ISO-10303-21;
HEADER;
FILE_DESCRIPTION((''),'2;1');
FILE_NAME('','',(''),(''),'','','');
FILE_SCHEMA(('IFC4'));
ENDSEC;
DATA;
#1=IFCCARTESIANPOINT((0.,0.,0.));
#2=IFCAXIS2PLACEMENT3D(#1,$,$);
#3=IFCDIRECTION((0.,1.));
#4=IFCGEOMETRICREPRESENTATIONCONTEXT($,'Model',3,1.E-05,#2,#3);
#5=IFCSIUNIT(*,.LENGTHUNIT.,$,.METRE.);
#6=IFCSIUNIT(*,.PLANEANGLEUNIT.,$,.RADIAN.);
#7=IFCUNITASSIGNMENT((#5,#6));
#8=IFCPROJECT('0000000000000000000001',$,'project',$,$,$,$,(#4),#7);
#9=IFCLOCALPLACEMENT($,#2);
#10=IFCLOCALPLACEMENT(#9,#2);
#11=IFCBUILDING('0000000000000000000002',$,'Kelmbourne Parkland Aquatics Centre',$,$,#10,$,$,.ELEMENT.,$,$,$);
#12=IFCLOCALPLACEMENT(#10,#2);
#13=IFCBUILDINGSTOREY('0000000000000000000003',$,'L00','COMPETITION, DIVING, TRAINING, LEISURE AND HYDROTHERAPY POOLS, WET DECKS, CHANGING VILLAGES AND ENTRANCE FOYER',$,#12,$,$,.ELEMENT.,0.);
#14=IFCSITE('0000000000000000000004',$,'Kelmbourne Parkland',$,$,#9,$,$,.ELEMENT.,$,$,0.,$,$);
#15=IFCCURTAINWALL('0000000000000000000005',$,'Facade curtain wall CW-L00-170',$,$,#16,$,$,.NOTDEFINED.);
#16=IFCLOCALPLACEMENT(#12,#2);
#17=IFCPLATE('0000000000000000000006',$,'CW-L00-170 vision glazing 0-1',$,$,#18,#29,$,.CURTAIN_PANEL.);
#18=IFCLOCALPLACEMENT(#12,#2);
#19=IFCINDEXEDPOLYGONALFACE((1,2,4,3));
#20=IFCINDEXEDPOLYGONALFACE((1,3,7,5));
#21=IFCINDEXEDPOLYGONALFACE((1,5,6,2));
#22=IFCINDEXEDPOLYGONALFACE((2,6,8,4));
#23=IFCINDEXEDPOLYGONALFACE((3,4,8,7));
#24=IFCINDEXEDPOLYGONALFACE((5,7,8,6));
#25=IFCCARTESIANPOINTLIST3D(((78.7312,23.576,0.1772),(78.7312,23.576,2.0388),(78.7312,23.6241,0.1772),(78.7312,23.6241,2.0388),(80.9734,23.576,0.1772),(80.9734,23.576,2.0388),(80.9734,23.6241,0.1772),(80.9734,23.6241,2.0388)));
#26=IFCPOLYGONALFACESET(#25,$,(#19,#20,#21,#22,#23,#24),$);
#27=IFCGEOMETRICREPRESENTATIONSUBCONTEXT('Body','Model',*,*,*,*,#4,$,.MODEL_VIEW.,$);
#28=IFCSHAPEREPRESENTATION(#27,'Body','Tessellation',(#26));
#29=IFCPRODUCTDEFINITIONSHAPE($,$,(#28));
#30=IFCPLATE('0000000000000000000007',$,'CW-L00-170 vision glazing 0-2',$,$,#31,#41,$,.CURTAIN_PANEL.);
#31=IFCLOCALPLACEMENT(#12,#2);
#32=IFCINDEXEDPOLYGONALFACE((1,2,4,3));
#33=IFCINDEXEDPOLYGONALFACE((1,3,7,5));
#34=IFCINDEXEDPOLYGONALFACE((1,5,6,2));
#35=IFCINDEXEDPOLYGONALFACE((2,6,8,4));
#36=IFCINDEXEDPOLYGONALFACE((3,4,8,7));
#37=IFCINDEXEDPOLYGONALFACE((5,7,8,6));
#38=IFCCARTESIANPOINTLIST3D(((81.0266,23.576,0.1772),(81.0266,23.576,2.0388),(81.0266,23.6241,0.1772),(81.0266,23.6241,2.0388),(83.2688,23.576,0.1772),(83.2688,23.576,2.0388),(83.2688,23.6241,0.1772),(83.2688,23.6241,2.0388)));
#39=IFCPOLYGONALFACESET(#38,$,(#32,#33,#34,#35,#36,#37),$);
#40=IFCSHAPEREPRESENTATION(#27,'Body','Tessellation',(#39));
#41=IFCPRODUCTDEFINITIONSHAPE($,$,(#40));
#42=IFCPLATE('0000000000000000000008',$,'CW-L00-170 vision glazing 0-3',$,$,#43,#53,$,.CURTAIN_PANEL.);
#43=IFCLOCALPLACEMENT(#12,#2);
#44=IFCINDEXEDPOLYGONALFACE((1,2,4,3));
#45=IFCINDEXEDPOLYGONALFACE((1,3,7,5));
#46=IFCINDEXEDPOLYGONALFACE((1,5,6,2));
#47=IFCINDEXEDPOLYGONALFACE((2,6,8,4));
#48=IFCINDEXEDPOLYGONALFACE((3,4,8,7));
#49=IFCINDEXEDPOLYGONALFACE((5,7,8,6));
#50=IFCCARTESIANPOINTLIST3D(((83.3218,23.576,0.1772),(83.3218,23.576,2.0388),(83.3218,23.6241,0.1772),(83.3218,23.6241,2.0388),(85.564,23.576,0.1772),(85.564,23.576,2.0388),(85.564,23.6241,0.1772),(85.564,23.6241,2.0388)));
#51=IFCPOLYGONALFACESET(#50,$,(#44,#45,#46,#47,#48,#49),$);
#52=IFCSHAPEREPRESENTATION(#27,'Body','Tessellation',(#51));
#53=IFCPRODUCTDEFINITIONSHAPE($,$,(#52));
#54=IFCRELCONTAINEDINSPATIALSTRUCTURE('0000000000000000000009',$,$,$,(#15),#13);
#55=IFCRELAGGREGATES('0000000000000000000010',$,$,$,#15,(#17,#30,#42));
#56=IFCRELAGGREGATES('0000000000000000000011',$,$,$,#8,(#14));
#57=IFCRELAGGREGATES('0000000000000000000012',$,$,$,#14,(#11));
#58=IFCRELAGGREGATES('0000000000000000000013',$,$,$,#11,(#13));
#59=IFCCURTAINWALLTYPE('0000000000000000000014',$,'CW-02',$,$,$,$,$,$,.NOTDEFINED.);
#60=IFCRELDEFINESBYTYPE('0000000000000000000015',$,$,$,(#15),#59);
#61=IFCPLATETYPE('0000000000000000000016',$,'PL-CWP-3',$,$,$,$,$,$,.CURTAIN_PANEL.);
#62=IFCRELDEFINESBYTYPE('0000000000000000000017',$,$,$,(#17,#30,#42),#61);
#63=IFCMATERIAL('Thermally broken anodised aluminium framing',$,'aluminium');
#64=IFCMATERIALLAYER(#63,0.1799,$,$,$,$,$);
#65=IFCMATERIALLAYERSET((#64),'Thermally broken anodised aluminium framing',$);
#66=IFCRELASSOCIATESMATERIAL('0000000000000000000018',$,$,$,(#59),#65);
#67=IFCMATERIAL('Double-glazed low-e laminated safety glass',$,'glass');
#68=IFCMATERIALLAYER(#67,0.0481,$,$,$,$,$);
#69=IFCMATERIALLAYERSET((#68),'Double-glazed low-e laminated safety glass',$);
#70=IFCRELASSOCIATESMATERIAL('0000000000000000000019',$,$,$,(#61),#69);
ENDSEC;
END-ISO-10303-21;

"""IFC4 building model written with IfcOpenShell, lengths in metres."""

from ifc_helpers import new_model, si_unit, direction, frame, origin, origin_2d, place, context, subcontext, project, spatial, rectangle, extrude, material, layer, layer_set, type_object, element, aggregate, save


model = new_model("IFC4")

# Units and contexts
model_context = context("Model", 3, precision=1e-05, world=origin(), true_north=direction((0.0, 1.0)))
body_context = subcontext(model_context, "Body", "Model", "MODEL_VIEW")
ifc_project = project(units=[si_unit("LENGTHUNIT", "METRE"), si_unit("PLANEANGLEUNIT", "RADIAN")], contexts=[model_context])

# Site, building, storey
site_placement = place(None, origin())
site = spatial("IfcSite", under=ifc_project, at=site_placement, Name="Kelmbourne Parkland", CompositionType="ELEMENT", RefElevation=0.0)
building_placement = place(site_placement, origin())
building = spatial("IfcBuilding", under=site, at=building_placement, Name="Kelmbourne Parkland Aquatics Centre", CompositionType="ELEMENT")
storey_placement = place(building_placement, origin())
storey = spatial("IfcBuildingStorey", under=building, at=storey_placement, Name="L00", Description="COMPETITION, DIVING, TRAINING, LEISURE AND HYDROTHERAPY POOLS, WET DECKS, CHANGING VILLAGES AND ENTRANCE FOYER", CompositionType="ELEMENT", Elevation=0.0)

# Curtain wall
ifc_material_1 = material(Name="Thermally broken anodised aluminium framing", Category="aluminium")
ifc_layer_1 = layer(ifc_material_1, 0.1799)
ifc_layer_set_1 = layer_set([ifc_layer_1], Name="Thermally broken anodised aluminium framing")
curtain_wall_type_1 = type_object("IfcCurtainWallType", Name="CW-02", PredefinedType="NOTDEFINED", material=ifc_layer_set_1)
curtain_wall_1_placement = place(storey_placement, origin())
curtain_wall_1 = element("IfcCurtainWall", 1, at=curtain_wall_1_placement, inside=storey, type_object=curtain_wall_type_1, Name="Facade curtain wall CW-L00-170", PredefinedType="NOTDEFINED")

# Plates
ifc_material_2 = material(Name="Double-glazed low-e laminated safety glass", Category="glass")
ifc_layer_2 = layer(ifc_material_2, 0.0481)
ifc_layer_set_2 = layer_set([ifc_layer_2], Name="Double-glazed low-e laminated safety glass")
plate_type_1 = type_object("IfcPlateType", Name="PL-CWP-3", PredefinedType="CURTAIN_PANEL", material=ifc_layer_set_2)
plate_1_placement = place(storey_placement, frame((79.8523, 23.6001, 0.1772), z_axis=(0.0, 0.0, 1.0), x_axis=(1.0, 0.0, 0.0)))
plate_1 = element("IfcPlate", 2, at=plate_1_placement, type_object=plate_type_1, Name="CW-L00-170 vision glazing 0-1", PredefinedType="CURTAIN_PANEL", context=body_context, shape_type="SweptSolid", body=[
    extrude(rectangle(XDim=2.2422, YDim=0.0481, at=origin_2d()), origin(), (0.0, 0.0, 1.0), 1.8616),
])
plate_2_placement = place(storey_placement, frame((82.1477, 23.6001, 0.1772), z_axis=(0.0, 0.0, 1.0), x_axis=(1.0, 0.0, 0.0)))
plate_2 = element("IfcPlate", 3, at=plate_2_placement, type_object=plate_type_1, Name="CW-L00-170 vision glazing 0-2", PredefinedType="CURTAIN_PANEL", context=body_context, shape_type="SweptSolid", body=[
    extrude(rectangle(XDim=2.2422, YDim=0.0481, at=origin_2d()), origin(), (0.0, 0.0, 1.0), 1.8616),
])
plate_3_placement = place(storey_placement, frame((84.4429, 23.6001, 0.1772), z_axis=(0.0, 0.0, 1.0), x_axis=(1.0, 0.0, 0.0)))
plate_3 = element("IfcPlate", 4, at=plate_3_placement, type_object=plate_type_1, Name="CW-L00-170 vision glazing 0-3", PredefinedType="CURTAIN_PANEL", context=body_context, shape_type="SweptSolid", body=[
    extrude(rectangle(XDim=2.2422, YDim=0.0481, at=origin_2d()), origin(), (0.0, 0.0, 1.0), 1.8616),
])
aggregate(curtain_wall_1, [plate_1, plate_2, plate_3])

save(model, "model.ifc")
